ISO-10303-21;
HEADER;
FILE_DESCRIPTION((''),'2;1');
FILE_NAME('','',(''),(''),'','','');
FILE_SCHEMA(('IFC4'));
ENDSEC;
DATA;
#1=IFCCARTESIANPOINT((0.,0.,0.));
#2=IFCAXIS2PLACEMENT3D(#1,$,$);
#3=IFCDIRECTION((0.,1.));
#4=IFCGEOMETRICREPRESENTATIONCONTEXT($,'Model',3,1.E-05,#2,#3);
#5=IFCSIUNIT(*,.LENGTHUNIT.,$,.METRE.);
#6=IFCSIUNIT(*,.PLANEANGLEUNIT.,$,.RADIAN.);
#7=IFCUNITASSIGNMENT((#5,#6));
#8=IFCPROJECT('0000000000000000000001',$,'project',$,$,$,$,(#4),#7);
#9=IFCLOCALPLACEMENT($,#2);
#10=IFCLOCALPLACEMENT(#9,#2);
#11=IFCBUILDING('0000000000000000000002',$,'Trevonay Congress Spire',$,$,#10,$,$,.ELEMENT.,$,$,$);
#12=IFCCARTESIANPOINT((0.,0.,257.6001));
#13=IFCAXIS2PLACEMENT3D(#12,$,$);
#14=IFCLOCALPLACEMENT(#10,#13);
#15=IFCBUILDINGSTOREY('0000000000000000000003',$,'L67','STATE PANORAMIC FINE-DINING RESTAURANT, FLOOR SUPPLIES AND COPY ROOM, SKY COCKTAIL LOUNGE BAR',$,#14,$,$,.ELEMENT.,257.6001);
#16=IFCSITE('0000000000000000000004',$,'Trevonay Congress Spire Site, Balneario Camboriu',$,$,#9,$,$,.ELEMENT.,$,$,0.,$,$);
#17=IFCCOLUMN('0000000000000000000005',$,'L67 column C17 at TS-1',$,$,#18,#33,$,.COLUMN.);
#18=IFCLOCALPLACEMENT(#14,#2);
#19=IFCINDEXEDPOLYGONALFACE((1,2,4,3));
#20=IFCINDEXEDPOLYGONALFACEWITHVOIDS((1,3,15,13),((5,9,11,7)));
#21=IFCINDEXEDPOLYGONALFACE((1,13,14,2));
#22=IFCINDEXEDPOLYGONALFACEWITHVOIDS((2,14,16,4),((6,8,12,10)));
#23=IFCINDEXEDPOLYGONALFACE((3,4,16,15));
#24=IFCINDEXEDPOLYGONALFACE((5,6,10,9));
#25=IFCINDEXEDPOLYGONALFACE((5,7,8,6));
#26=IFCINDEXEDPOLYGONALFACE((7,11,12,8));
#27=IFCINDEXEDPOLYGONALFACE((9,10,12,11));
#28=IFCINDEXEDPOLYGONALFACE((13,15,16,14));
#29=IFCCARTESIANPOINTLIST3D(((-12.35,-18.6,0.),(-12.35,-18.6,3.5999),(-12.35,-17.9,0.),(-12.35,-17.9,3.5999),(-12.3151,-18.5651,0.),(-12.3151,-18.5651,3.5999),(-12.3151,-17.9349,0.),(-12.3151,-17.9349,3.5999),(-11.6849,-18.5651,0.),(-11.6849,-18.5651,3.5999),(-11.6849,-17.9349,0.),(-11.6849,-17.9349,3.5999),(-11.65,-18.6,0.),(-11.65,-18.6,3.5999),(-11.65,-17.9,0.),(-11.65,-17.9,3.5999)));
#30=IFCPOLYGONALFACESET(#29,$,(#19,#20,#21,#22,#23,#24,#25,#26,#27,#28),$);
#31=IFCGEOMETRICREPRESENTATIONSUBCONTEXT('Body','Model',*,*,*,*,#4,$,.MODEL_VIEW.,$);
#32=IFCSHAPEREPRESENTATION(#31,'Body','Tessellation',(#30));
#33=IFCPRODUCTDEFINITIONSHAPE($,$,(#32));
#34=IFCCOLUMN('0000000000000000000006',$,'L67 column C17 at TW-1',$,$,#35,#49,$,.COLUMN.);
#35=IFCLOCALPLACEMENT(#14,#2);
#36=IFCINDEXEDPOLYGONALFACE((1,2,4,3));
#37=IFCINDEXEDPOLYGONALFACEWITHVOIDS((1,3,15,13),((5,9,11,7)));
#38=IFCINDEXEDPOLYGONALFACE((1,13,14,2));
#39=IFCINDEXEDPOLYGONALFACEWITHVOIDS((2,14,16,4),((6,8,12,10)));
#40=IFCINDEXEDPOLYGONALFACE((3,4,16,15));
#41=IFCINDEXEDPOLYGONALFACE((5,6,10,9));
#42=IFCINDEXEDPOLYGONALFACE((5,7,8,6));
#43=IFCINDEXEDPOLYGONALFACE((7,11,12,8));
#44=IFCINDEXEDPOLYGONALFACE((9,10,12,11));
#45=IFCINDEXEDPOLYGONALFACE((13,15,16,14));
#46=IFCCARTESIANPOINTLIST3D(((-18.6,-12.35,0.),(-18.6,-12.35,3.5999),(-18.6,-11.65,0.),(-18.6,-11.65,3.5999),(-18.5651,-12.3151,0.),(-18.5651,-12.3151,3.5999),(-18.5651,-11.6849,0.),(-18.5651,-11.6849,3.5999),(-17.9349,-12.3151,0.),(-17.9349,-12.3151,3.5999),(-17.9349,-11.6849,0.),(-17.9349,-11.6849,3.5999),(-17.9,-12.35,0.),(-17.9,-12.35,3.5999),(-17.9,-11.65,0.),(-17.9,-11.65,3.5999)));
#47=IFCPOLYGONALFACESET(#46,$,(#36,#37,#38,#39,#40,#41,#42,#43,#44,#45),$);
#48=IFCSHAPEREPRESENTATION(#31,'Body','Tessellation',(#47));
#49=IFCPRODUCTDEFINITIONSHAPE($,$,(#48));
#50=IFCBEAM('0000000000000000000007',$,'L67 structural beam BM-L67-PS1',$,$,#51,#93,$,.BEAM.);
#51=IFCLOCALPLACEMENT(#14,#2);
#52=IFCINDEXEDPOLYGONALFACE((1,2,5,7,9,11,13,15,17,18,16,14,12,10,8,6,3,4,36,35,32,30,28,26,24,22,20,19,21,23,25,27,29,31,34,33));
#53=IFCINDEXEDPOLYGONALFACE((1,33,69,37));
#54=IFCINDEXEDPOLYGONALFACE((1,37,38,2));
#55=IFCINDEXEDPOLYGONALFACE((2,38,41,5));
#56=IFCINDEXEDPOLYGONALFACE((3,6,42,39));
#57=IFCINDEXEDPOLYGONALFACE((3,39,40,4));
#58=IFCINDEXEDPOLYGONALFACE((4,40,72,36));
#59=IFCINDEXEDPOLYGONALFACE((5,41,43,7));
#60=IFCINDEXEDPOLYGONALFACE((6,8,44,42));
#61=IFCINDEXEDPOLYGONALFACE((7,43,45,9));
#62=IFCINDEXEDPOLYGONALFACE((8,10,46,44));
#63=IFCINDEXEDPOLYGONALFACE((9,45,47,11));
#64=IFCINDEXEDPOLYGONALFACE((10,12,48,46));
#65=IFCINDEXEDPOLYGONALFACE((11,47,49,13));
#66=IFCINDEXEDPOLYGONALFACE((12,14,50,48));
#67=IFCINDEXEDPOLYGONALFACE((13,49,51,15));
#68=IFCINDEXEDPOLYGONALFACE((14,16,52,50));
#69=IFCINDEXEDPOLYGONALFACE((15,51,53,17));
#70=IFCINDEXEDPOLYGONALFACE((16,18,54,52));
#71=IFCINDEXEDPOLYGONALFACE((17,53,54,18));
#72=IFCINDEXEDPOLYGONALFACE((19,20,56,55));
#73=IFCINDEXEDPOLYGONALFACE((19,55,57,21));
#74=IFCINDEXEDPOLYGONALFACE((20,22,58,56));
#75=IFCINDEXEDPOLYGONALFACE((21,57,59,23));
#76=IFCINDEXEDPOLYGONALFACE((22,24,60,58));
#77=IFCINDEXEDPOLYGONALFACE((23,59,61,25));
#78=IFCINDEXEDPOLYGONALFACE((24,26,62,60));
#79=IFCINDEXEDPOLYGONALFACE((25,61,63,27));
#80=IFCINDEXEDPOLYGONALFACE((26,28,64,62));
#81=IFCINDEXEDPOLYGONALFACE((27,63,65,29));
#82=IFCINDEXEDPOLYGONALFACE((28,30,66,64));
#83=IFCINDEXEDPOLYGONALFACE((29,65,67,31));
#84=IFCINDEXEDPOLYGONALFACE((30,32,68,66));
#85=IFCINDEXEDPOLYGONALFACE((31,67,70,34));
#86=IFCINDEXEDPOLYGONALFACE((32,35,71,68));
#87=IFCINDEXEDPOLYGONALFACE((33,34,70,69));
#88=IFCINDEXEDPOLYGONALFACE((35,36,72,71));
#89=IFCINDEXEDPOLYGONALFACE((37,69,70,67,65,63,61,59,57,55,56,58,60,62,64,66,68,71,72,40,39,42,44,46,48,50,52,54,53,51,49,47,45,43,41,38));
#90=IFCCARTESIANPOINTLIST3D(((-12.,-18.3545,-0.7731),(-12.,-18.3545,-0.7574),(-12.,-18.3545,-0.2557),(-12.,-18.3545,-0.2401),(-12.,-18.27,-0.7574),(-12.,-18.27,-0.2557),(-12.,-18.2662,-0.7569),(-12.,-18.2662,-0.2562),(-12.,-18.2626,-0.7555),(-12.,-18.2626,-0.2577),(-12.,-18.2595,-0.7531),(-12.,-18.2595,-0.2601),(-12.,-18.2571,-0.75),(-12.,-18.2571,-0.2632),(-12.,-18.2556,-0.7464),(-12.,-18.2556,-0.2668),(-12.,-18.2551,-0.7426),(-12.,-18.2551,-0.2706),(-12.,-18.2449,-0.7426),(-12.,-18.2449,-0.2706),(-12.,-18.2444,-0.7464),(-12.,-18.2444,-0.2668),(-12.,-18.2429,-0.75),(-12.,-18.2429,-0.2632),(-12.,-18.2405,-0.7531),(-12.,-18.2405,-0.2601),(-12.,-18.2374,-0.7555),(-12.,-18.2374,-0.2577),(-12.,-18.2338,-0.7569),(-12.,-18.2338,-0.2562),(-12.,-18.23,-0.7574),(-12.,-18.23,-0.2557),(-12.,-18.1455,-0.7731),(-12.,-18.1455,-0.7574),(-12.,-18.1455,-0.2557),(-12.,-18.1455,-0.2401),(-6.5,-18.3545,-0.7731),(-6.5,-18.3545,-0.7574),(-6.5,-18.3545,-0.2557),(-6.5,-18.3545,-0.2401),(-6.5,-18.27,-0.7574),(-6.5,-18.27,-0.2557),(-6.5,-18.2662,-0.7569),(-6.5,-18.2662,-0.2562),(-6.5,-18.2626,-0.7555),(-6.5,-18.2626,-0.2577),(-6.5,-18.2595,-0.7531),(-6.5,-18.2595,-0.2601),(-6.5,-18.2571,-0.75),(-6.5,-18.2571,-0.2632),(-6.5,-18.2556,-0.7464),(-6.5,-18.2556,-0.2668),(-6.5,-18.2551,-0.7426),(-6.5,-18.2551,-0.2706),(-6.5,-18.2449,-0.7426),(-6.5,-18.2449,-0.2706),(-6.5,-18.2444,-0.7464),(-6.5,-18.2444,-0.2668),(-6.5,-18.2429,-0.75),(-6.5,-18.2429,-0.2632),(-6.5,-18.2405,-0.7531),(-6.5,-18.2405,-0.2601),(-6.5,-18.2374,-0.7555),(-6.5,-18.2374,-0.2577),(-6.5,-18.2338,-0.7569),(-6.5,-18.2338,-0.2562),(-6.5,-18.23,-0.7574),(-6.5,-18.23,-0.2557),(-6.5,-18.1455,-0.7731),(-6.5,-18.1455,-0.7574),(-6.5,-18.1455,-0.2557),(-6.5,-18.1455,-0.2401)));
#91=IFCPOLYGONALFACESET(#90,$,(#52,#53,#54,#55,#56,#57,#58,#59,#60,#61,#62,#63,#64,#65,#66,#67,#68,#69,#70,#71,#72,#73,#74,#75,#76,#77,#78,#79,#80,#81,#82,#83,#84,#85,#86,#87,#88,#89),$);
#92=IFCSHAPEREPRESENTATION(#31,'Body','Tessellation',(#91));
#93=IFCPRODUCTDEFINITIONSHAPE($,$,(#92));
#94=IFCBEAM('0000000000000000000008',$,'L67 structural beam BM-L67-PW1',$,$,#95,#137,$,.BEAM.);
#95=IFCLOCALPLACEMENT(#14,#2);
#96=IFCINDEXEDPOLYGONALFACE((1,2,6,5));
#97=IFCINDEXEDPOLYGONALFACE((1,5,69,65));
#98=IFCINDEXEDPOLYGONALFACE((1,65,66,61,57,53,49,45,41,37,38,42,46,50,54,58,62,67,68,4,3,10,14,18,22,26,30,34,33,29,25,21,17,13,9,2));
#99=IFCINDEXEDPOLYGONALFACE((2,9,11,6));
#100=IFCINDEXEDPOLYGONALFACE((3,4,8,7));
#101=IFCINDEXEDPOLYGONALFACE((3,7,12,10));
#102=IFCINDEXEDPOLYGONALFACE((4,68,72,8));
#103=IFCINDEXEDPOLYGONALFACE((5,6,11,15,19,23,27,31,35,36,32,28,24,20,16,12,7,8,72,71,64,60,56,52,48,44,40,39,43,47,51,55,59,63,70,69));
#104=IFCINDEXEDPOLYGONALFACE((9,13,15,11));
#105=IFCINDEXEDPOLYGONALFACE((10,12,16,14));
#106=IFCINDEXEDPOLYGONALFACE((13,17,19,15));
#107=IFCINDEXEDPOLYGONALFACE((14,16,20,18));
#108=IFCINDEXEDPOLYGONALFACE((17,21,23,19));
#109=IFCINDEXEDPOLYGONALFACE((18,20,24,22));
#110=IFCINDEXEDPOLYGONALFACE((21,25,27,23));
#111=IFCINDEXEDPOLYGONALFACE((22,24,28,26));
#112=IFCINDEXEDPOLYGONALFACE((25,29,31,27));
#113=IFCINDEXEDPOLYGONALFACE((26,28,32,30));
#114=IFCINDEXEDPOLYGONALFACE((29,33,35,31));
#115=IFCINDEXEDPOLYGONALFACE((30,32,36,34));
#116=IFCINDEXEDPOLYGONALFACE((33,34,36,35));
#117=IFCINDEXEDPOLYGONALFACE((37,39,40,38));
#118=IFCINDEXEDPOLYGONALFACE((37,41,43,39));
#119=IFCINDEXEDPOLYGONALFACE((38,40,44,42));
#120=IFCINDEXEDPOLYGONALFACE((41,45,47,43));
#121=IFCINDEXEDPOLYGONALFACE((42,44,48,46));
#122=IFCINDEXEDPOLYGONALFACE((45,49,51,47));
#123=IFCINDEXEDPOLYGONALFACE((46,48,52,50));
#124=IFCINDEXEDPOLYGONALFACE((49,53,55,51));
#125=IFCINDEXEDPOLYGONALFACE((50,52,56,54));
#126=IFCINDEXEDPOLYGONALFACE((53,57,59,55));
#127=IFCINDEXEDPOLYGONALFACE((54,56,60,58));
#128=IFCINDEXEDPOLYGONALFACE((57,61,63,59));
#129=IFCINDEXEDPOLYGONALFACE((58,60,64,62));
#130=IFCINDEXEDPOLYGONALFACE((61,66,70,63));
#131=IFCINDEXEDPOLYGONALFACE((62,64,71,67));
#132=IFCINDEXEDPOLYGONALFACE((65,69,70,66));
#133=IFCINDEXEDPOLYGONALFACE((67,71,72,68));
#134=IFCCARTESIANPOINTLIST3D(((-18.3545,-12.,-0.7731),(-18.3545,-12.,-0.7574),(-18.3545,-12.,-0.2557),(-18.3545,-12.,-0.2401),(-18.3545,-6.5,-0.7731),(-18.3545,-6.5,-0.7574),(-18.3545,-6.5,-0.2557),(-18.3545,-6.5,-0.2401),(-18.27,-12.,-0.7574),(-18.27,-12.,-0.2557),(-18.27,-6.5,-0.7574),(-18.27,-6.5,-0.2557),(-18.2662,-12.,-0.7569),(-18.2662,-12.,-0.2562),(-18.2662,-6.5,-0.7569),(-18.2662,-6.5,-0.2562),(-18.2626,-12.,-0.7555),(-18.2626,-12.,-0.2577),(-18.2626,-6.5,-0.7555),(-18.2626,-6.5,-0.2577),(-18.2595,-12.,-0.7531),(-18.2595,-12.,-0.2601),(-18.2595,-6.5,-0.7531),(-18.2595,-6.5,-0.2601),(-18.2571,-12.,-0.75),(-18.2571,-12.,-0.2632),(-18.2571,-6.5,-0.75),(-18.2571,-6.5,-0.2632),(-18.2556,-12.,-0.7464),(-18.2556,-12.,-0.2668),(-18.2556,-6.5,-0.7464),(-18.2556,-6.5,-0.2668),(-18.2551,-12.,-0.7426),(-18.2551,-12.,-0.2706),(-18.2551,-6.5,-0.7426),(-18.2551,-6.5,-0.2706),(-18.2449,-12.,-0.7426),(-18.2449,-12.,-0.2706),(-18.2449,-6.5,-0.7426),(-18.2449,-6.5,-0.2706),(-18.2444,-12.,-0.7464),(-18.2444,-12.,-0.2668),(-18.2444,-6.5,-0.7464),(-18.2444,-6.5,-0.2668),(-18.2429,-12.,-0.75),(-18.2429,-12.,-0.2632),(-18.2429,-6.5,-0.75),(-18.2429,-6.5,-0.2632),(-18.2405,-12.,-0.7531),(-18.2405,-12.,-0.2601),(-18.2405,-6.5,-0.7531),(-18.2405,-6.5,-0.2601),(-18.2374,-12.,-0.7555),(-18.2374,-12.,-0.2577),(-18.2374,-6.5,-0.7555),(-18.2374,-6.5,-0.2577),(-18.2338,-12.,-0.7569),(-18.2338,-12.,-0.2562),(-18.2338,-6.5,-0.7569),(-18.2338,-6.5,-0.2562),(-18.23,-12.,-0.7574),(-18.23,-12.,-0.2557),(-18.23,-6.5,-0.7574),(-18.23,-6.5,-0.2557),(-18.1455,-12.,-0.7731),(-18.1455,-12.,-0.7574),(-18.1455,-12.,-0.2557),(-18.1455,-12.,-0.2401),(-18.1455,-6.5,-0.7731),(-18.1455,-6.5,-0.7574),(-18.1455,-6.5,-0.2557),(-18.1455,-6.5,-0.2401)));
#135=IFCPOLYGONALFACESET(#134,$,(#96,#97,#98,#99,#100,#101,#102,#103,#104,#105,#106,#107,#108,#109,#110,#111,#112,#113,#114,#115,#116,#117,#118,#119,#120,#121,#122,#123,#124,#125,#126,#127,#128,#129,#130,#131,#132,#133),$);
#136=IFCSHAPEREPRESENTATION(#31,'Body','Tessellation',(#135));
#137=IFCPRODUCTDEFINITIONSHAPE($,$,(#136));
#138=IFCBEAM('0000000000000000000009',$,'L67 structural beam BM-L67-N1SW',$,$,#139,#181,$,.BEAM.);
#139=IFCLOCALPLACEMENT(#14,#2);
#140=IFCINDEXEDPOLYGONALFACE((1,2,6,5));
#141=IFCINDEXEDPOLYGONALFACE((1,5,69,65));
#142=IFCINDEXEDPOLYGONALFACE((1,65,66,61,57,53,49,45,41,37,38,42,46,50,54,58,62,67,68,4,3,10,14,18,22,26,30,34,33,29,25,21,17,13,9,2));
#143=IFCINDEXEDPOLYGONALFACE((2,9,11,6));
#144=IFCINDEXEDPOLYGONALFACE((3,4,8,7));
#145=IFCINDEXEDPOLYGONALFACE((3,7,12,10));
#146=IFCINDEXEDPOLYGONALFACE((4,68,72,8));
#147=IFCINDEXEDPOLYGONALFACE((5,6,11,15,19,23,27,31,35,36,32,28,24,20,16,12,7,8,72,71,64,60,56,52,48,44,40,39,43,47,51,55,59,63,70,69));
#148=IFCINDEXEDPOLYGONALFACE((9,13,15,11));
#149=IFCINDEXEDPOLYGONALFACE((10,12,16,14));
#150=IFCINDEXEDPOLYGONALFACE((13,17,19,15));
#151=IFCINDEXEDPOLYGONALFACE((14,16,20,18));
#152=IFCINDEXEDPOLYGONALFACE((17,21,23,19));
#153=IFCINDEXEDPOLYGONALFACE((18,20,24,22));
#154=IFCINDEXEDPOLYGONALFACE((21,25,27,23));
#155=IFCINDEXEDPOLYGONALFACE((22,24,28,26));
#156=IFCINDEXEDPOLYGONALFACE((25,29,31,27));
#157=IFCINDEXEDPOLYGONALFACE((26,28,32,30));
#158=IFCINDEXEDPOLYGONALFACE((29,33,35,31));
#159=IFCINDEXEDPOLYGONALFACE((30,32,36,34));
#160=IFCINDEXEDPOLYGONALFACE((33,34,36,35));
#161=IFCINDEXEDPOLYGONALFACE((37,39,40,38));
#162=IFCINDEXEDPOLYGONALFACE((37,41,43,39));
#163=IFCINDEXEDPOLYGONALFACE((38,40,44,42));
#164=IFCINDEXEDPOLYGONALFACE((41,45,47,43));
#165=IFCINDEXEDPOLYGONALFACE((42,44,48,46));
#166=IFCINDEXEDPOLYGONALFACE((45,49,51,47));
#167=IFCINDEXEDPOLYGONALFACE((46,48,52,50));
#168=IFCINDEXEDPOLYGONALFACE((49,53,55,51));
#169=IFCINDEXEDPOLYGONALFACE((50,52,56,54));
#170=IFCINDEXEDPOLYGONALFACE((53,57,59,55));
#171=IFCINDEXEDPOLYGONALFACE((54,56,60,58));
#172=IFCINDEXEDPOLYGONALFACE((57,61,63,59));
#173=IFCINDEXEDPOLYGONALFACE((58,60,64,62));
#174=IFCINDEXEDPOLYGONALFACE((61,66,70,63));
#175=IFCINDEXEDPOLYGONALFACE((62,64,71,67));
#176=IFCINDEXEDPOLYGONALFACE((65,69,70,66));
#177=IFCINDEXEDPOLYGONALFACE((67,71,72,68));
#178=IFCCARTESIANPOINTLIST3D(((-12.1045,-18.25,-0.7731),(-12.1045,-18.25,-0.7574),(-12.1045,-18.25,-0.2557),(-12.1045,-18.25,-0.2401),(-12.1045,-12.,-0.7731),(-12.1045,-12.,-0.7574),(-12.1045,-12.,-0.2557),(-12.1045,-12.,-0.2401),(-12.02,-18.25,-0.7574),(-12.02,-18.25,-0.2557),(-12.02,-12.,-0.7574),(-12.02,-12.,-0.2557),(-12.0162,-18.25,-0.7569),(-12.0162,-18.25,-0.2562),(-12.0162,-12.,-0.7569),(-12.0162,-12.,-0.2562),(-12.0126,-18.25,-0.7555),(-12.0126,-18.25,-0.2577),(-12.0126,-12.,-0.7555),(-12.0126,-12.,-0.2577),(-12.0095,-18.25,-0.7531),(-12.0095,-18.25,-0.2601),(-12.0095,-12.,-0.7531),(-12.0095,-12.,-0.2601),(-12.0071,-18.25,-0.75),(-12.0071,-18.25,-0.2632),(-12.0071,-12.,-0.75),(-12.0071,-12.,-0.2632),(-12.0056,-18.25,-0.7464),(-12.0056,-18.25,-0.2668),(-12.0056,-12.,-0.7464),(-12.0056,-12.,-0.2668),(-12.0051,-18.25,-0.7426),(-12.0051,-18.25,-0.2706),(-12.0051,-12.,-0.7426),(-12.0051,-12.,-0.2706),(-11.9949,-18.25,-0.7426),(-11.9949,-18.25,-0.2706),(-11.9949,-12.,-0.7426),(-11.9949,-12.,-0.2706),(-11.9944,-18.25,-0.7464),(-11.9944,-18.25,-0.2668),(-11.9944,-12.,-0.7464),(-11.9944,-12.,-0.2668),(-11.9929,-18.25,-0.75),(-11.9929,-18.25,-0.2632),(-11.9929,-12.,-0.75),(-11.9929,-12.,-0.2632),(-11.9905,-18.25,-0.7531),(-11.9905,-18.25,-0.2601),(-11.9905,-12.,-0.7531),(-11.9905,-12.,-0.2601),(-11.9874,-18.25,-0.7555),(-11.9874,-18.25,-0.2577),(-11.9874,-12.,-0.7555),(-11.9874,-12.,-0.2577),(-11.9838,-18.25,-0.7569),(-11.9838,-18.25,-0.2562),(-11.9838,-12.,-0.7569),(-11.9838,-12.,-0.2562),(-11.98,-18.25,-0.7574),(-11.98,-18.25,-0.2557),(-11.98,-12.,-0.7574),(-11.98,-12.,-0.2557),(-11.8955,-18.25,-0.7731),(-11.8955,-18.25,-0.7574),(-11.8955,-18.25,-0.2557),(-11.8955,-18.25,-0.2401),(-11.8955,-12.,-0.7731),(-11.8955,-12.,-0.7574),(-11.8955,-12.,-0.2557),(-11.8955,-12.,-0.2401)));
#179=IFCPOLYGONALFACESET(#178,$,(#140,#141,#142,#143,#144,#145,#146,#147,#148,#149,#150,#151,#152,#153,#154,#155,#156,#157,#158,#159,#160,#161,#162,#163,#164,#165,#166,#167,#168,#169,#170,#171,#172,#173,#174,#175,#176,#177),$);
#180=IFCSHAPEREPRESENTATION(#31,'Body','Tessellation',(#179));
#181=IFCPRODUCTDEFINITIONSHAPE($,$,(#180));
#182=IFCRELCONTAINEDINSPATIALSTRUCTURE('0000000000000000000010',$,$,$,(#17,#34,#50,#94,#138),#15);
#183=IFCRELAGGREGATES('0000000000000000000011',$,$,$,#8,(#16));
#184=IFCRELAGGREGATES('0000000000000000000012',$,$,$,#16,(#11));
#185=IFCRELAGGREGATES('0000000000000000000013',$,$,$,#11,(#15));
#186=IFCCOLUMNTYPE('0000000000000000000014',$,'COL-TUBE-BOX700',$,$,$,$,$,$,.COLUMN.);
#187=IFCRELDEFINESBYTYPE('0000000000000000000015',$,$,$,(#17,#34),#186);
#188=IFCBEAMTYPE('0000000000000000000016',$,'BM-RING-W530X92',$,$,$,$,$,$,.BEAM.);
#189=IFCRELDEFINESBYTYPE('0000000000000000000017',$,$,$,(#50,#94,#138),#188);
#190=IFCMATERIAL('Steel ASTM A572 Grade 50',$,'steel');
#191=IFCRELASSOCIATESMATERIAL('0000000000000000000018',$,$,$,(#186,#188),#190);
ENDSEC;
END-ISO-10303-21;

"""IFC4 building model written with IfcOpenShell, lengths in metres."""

from ifc_helpers import new_model, si_unit, direction, frame, origin, origin_2d, place, context, subcontext, project, spatial, hollow_rectangle, i_section, extrude, material, material_profile, profile_set, type_object, element, save


model = new_model("IFC4")

# Units and contexts
model_context = context("Model", 3, precision=1e-05, world=origin(), true_north=direction((0.0, 1.0)))
body_context = subcontext(model_context, "Body", "Model", "MODEL_VIEW")
ifc_project = project(units=[si_unit("LENGTHUNIT", "METRE"), si_unit("PLANEANGLEUNIT", "RADIAN")], contexts=[model_context])

# Site, building, storey
site_placement = place(None, origin())
site = spatial("IfcSite", under=ifc_project, at=site_placement, Name="Trevonay Congress Spire Site, Balneario Camboriu", CompositionType="ELEMENT", RefElevation=0.0)
building_placement = place(site_placement, origin())
building = spatial("IfcBuilding", under=site, at=building_placement, Name="Trevonay Congress Spire", CompositionType="ELEMENT")
storey_placement = place(building_placement, frame((0.0, 0.0, 257.6001)))
storey = spatial("IfcBuildingStorey", under=building, at=storey_placement, Name="L67", Description="STATE PANORAMIC FINE-DINING RESTAURANT, FLOOR SUPPLIES AND COPY ROOM, SKY COCKTAIL LOUNGE BAR", CompositionType="ELEMENT", Elevation=257.6001)

# Columns
ifc_material_1 = material(Name="Steel ASTM A572 Grade 50", Category="steel")
ifc_material_profile_1 = material_profile(ifc_material_1, hollow_rectangle(XDim=0.7, YDim=0.7, WallThickness=0.0349, at=origin_2d()), Name="BOX 700x700x35")
ifc_profile_set_1 = profile_set([ifc_material_profile_1], Name="Steel ASTM A572 Grade 50")
column_type = type_object("IfcColumnType", Name="COL-TUBE-BOX700", PredefinedType="COLUMN", material=ifc_profile_set_1)
for number, where, z_axis, x_axis, name in (
    (1, (-12.0, -18.25, 0.0), (0.0, 0.0, 1.0), (1.0, 0.0, 0.0), "L67 column C17 at TS-1"),
    (2, (-18.25, -12.0, 0.0), (0.0, 0.0, 1.0), (1.0, 0.0, 0.0), "L67 column C17 at TW-1"),
):
    element("IfcColumn", number, at=place(storey_placement, frame(where, z_axis=z_axis, x_axis=x_axis)), inside=storey, type_object=column_type, Name=name, PredefinedType="COLUMN", context=body_context, shape_type="SweptSolid", body=[
        extrude(hollow_rectangle(XDim=0.7, YDim=0.7, WallThickness=0.0349, at=origin_2d()), origin(), (0.0, 0.0, 1.0), 3.5999),
    ])

# Beams
ifc_material_profile_2 = material_profile(ifc_material_1, i_section(OverallWidth=0.209, OverallDepth=0.533, WebThickness=0.0103, FlangeThickness=0.0156, FilletRadius=0.0149, at=origin_2d()), Name="W530x92")
ifc_profile_set_2 = profile_set([ifc_material_profile_2], Name="Steel ASTM A572 Grade 50")
beam_type_1 = type_object("IfcBeamType", Name="BM-RING-W530X92", PredefinedType="BEAM", material=ifc_profile_set_2)
for number, where, z_axis, x_axis, name in (
    (3, (-12.0, -18.25, -0.5066), (1.0, 0.0, 0.0), (0.0, 1.0, 0.0), "L67 structural beam BM-L67-PS1"),
    (4, (-18.25, -12.0, -0.5066), (0.0, 1.0, 0.0), (-1.0, 0.0, 0.0), "L67 structural beam BM-L67-PW1"),
):
    element("IfcBeam", number, at=place(storey_placement, frame(where, z_axis=z_axis, x_axis=x_axis)), inside=storey, type_object=beam_type_1, Name=name, PredefinedType="BEAM", context=body_context, shape_type="SweptSolid", body=[
        extrude(i_section(OverallWidth=0.209, OverallDepth=0.533, WebThickness=0.0103, FlangeThickness=0.0156, FilletRadius=0.0149, at=origin_2d()), origin(), (0.0, 0.0, 1.0), 5.5),
    ])
for number, where, z_axis, x_axis, name in (
    (5, (-12.0, -18.25, -0.5066), (0.0, 1.0, 0.0), (-1.0, 0.0, 0.0), "L67 structural beam BM-L67-N1SW"),
):
    element("IfcBeam", number, at=place(storey_placement, frame(where, z_axis=z_axis, x_axis=x_axis)), inside=storey, type_object=beam_type_1, Name=name, PredefinedType="BEAM", context=body_context, shape_type="SweptSolid", body=[
        extrude(i_section(OverallWidth=0.209, OverallDepth=0.533, WebThickness=0.0103, FlangeThickness=0.0156, FilletRadius=0.0149, at=origin_2d()), origin(), (0.0, 0.0, 1.0), 6.25),
    ])

save(model, "model.ifc")
